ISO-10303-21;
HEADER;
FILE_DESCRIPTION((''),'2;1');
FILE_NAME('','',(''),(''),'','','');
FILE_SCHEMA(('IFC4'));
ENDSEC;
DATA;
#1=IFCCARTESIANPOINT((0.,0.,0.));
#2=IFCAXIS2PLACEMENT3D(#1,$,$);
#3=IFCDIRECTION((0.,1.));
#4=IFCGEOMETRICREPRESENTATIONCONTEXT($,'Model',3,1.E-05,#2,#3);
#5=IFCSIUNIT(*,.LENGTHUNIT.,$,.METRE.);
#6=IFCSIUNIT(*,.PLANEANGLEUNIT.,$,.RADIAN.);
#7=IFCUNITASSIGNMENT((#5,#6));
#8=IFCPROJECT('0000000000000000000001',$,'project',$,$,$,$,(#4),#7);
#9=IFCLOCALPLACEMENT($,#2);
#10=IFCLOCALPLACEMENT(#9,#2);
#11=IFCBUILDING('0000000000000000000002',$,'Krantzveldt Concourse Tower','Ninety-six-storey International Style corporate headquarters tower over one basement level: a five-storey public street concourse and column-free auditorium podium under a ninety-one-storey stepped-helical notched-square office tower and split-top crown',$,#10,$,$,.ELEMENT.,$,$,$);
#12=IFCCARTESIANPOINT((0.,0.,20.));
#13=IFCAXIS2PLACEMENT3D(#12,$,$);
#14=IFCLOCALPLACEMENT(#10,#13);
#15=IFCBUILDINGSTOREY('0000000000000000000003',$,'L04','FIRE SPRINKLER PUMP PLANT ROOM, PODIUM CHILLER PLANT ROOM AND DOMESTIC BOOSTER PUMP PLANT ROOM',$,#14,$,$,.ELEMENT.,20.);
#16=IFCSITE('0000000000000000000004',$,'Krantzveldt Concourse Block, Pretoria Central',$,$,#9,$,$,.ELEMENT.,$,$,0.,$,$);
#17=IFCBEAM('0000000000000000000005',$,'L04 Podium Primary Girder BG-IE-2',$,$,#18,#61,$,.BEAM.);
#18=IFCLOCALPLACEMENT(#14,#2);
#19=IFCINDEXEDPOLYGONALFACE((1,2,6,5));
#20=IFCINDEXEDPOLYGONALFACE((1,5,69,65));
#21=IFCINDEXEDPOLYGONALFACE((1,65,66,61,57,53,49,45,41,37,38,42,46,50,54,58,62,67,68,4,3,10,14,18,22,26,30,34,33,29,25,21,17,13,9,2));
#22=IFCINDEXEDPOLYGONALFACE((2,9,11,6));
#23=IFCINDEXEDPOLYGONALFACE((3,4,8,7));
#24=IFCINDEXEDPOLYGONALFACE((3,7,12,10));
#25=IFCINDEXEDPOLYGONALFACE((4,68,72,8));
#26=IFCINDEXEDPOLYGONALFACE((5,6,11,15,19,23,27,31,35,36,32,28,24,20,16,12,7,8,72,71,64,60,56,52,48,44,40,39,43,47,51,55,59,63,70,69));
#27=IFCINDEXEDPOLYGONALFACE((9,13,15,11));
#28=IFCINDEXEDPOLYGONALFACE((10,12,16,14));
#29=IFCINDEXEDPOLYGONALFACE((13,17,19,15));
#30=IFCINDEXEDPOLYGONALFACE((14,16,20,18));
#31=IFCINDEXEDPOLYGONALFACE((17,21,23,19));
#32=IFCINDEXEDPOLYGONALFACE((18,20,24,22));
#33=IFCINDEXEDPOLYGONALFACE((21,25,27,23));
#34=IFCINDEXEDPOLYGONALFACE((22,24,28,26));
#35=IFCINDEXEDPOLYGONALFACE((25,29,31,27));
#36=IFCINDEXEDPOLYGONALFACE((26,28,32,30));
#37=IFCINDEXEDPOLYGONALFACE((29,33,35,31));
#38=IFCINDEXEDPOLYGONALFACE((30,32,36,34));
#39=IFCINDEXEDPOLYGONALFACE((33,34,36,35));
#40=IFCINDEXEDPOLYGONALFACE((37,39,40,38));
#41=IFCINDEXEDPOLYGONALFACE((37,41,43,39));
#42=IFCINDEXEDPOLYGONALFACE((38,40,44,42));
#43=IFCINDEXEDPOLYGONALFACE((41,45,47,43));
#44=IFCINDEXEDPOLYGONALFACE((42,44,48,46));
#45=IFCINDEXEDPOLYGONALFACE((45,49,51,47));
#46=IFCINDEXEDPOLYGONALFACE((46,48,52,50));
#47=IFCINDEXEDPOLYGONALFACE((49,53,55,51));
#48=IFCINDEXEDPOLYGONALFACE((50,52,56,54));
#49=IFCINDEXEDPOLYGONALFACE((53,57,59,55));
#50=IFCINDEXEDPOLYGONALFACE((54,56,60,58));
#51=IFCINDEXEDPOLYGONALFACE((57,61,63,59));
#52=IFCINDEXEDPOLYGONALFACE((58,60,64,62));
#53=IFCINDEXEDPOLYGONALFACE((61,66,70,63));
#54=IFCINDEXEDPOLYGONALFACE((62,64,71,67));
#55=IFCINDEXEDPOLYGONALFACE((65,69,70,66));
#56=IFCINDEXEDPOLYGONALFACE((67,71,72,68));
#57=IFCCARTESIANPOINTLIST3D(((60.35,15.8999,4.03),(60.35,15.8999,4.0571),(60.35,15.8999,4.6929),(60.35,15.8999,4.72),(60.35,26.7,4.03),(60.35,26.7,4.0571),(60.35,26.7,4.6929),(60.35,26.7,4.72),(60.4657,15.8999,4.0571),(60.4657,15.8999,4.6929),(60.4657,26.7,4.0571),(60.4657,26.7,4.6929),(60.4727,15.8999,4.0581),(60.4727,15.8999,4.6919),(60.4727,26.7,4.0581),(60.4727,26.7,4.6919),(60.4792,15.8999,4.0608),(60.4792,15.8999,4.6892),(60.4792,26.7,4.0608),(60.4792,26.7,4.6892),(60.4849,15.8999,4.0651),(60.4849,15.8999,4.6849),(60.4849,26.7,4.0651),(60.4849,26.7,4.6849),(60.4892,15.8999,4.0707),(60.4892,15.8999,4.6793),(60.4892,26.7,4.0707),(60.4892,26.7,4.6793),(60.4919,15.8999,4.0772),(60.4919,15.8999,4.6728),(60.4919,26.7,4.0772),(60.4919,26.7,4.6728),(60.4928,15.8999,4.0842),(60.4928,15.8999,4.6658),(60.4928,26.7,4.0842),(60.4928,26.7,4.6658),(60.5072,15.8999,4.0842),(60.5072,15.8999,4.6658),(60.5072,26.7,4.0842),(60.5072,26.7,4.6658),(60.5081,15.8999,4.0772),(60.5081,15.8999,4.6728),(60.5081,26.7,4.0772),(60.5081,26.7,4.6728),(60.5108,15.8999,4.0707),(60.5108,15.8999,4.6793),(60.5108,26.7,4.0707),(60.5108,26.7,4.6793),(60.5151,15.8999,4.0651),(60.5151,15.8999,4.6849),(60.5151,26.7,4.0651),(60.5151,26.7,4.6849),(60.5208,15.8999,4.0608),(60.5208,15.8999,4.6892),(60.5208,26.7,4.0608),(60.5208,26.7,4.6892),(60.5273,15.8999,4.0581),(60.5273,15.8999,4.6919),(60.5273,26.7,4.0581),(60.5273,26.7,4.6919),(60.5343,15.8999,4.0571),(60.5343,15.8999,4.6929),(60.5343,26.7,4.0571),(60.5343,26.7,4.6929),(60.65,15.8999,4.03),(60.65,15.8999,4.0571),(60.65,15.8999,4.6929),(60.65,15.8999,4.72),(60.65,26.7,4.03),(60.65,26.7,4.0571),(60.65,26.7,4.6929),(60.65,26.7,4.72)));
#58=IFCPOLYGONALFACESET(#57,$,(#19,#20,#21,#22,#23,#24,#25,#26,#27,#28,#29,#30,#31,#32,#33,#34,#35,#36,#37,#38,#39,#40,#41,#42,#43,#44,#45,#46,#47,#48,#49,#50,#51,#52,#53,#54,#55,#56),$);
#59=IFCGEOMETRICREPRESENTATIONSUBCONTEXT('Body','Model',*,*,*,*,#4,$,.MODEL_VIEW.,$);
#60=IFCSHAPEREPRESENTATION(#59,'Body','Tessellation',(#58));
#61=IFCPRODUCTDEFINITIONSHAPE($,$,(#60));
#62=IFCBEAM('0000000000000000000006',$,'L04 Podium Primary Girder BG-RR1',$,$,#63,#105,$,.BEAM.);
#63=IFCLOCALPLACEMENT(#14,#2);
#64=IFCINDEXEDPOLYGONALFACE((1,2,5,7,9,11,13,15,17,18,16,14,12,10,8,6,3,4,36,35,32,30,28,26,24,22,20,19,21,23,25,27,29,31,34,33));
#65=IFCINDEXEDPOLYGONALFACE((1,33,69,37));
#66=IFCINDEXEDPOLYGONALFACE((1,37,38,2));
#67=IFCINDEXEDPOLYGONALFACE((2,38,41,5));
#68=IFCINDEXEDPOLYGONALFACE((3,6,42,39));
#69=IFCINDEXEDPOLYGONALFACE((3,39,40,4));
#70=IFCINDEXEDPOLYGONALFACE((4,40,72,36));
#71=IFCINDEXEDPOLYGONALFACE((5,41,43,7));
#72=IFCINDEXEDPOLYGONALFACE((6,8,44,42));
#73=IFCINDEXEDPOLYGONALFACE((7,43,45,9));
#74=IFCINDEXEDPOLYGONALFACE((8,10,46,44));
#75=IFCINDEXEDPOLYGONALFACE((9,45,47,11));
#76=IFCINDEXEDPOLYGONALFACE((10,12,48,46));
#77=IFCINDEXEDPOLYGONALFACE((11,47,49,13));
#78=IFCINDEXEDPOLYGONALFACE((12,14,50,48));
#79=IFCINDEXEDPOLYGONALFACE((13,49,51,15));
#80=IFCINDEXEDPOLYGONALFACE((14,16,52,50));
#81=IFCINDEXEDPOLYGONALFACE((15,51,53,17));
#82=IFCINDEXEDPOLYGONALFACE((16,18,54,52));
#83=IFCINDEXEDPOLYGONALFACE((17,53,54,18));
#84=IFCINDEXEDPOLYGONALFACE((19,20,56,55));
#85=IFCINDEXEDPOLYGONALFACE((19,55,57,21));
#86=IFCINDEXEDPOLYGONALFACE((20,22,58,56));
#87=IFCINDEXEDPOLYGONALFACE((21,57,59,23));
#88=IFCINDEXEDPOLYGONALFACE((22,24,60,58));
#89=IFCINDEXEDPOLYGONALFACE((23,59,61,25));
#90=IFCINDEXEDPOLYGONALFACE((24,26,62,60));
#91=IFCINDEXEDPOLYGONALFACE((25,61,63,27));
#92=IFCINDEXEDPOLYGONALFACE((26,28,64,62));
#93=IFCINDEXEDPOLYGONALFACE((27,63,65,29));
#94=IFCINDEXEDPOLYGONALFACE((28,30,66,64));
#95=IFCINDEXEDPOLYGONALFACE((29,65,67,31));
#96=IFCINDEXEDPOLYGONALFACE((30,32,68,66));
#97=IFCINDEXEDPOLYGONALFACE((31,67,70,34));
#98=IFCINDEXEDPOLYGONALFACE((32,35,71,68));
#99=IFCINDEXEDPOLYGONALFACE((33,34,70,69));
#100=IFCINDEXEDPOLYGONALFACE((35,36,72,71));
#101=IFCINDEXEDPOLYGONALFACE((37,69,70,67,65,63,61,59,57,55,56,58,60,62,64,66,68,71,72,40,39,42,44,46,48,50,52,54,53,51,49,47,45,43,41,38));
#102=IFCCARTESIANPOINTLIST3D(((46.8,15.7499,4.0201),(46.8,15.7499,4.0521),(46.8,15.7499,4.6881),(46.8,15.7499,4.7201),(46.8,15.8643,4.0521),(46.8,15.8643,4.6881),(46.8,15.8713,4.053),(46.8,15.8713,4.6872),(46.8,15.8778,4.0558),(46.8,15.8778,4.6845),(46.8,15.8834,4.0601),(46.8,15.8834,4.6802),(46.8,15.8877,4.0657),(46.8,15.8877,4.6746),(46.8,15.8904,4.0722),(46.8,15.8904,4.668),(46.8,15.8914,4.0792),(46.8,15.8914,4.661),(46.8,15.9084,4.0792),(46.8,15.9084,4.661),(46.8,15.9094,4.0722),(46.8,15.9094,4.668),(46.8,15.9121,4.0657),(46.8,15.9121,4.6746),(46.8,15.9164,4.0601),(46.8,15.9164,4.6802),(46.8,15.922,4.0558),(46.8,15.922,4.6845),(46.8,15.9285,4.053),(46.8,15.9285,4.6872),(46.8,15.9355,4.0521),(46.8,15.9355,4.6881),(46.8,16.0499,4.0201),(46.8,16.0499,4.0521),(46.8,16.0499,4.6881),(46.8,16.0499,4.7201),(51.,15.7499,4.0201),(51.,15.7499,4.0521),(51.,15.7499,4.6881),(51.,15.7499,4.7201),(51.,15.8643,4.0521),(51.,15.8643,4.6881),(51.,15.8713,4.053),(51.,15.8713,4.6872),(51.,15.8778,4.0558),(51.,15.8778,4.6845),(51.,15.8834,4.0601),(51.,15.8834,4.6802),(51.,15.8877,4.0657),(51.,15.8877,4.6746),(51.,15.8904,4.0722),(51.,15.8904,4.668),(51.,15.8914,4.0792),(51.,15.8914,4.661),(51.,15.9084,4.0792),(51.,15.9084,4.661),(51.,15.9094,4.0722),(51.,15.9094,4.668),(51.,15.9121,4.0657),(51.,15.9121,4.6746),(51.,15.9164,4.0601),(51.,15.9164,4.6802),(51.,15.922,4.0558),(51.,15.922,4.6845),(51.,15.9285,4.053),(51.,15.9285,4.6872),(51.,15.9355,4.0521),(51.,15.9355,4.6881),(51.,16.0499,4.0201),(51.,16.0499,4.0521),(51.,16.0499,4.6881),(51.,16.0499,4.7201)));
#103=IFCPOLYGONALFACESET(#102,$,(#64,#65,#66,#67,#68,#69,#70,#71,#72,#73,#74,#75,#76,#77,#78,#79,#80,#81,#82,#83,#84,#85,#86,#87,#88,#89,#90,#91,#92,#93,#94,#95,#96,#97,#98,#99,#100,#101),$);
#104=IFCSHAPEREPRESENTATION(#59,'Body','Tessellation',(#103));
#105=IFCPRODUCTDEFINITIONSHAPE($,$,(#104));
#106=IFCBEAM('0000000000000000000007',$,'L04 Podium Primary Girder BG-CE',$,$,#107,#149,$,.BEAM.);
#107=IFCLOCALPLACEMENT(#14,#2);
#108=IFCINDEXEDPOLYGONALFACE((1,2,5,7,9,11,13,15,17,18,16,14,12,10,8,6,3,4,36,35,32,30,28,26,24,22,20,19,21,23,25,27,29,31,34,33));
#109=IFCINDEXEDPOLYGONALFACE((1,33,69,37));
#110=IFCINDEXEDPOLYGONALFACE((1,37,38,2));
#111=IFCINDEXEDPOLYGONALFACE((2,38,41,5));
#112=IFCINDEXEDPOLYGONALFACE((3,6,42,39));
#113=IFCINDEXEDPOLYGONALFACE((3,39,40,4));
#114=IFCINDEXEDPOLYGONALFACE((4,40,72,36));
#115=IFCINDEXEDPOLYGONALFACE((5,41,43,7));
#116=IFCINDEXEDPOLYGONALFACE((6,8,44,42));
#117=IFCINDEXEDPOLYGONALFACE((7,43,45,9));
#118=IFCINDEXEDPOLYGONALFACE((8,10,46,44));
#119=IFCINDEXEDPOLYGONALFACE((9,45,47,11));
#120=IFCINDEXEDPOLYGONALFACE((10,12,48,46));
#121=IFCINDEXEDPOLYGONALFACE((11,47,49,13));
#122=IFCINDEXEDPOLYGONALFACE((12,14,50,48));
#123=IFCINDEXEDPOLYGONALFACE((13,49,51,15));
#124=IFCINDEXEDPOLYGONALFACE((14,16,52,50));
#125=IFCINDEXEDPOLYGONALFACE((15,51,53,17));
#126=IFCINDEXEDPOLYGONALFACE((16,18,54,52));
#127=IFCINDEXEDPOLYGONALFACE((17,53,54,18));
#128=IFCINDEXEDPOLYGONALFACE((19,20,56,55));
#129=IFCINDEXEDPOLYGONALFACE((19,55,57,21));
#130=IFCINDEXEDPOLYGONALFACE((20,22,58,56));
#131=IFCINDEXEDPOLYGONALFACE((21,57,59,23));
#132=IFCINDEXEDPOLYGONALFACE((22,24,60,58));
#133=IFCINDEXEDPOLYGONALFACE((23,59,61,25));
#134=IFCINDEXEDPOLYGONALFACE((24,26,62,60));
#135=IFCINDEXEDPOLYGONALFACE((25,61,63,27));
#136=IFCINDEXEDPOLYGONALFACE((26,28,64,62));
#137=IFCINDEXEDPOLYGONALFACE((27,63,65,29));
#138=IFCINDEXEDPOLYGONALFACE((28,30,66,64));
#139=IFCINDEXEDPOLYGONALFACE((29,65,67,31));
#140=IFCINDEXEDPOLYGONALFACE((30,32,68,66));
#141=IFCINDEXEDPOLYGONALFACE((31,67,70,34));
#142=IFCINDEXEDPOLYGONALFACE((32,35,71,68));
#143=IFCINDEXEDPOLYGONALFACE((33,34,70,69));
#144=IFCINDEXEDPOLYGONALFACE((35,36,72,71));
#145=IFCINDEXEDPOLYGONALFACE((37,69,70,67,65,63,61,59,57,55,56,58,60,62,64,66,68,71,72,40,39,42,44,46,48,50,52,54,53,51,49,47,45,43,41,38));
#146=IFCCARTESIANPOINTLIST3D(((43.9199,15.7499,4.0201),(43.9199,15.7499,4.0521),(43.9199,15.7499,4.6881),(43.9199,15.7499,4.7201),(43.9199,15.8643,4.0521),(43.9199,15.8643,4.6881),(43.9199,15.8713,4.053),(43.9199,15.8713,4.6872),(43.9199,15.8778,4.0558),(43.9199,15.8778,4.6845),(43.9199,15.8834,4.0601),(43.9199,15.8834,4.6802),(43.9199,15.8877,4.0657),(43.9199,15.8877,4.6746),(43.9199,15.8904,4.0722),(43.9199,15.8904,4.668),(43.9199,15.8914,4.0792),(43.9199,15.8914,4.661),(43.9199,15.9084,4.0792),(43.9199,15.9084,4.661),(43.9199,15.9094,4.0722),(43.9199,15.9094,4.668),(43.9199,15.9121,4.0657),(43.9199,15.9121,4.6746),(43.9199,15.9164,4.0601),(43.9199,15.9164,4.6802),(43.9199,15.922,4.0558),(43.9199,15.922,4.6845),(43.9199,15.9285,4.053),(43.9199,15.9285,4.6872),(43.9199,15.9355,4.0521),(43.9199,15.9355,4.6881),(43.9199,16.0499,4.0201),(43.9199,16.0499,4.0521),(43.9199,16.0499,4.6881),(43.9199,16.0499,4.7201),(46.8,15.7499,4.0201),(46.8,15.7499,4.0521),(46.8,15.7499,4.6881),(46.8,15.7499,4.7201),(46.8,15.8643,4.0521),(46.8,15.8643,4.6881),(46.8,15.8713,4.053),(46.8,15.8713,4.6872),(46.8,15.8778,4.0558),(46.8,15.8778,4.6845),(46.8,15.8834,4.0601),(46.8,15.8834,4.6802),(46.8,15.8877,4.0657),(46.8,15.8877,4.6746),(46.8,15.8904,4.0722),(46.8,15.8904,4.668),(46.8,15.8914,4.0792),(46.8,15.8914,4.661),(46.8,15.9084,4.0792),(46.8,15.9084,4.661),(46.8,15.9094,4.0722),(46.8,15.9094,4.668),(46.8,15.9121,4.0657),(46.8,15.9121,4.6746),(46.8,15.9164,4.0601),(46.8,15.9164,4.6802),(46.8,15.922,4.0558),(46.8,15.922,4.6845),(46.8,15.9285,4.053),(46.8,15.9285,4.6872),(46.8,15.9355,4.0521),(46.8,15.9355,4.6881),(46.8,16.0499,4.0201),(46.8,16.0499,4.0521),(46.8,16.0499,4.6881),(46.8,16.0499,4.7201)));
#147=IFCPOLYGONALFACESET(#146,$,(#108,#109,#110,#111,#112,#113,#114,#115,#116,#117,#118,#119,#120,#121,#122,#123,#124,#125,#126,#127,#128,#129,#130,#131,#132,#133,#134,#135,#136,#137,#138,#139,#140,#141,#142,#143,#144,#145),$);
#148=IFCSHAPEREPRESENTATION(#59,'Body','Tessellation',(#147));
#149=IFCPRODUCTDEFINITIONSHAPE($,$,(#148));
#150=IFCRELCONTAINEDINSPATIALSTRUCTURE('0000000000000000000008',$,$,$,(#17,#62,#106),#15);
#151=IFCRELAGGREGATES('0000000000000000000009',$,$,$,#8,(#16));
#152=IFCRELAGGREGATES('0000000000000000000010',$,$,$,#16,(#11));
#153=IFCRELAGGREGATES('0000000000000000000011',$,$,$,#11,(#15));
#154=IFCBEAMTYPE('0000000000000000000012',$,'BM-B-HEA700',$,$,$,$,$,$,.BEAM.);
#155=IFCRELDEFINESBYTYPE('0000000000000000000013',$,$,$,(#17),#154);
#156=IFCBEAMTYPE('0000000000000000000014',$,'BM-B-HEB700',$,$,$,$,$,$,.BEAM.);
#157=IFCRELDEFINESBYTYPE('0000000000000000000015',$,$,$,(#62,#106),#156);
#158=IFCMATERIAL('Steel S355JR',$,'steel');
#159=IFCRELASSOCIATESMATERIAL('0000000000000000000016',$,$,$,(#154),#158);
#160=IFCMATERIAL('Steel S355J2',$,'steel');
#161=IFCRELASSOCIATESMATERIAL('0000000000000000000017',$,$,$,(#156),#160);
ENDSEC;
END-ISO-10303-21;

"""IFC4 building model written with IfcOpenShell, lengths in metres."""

from ifc_helpers import new_model, si_unit, direction, frame, origin, origin_2d, place, context, subcontext, project, spatial, i_section, extrude, source, transform, mapped, material, material_profile, profile_set, type_object, type_shapes, element, save


model = new_model("IFC4")

# Units and contexts
model_context = context("Model", 3, precision=1e-05, world=origin(), true_north=direction((0.0, 1.0)))
body_context = subcontext(model_context, "Body", "Model", "MODEL_VIEW")
ifc_project = project(units=[si_unit("LENGTHUNIT", "METRE"), si_unit("PLANEANGLEUNIT", "RADIAN")], contexts=[model_context])

# Site, building, storey
site_placement = place(None, origin())
site = spatial("IfcSite", under=ifc_project, at=site_placement, Name="Krantzveldt Concourse Block, Pretoria Central", CompositionType="ELEMENT", RefElevation=0.0)
building_placement = place(site_placement, origin())
building = spatial("IfcBuilding", under=site, at=building_placement, Name="Krantzveldt Concourse Tower", Description="Ninety-six-storey International Style corporate headquarters tower over one basement level: a five-storey public street concourse and column-free auditorium podium under a ninety-one-storey stepped-helical notched-square office tower and split-top crown", CompositionType="ELEMENT")
storey_placement = place(building_placement, frame((0.0, 0.0, 20.0)))
storey = spatial("IfcBuildingStorey", under=building, at=storey_placement, Name="L04", Description="FIRE SPRINKLER PUMP PLANT ROOM, PODIUM CHILLER PLANT ROOM AND DOMESTIC BOOSTER PUMP PLANT ROOM", CompositionType="ELEMENT", Elevation=20.0)

# Beams
ifc_material_1 = material(Name="Steel S355J2", Category="steel")
ifc_material_2 = material(Name="Steel S355JR", Category="steel")
ifc_material_profile_1 = material_profile(ifc_material_2, i_section(OverallWidth=0.3, OverallDepth=0.6899, WebThickness=0.0144, FlangeThickness=0.0271, FilletRadius=0.0271, at=origin_2d()), Name="Steel S355JR", Category="steel")
ifc_profile_set_1 = profile_set([ifc_material_profile_1], Name="Steel S355JR - HEA 700")
beam_type_1 = type_object("IfcBeamType", Name="BM-B-HEA700", PredefinedType="BEAM", material=ifc_profile_set_1)
shared_shape_1 = source(origin(), body_context, "Body", "SweptSolid", [
    extrude(i_section(OverallWidth=0.3, OverallDepth=0.6899, WebThickness=0.0144, FlangeThickness=0.0271, FilletRadius=0.0271, at=origin_2d()), origin(), (0.0, 0.0, 1.0), 10.8),
])
for number, where, z_axis, x_axis, name in (
    (1, (60.5, 15.8999, 4.375), (0.0, 1.0, 0.0), (-1.0, 0.0, 0.0), "L04 Podium Primary Girder BG-IE-2"),
):
    element("IfcBeam", number, at=place(storey_placement, frame(where, z_axis=z_axis, x_axis=x_axis)), inside=storey, type_object=beam_type_1, Name=name, PredefinedType="BEAM", context=body_context, shape_type="MappedRepresentation", body=[
        mapped(shared_shape_1, transform((0.0, 0.0, 0.0), x_axis=(1.0, 0.0, 0.0), y_axis=(0.0, 1.0, 0.0), z_axis=(0.0, 0.0, 1.0), scale=1.0)),
    ])
ifc_material_profile_2 = material_profile(ifc_material_1, i_section(OverallWidth=0.3, OverallDepth=0.7, WebThickness=0.0171, FlangeThickness=0.032, FilletRadius=0.0271, at=origin_2d()), Name="Steel S355J2", Category="steel")
ifc_profile_set_2 = profile_set([ifc_material_profile_2], Name="Steel S355J2 - HEB 700")
beam_type_2 = type_object("IfcBeamType", Name="BM-B-HEB700", PredefinedType="BEAM", material=ifc_profile_set_2)
shared_shape_2 = source(origin(), body_context, "Body", "SweptSolid", [
    extrude(i_section(OverallWidth=0.3, OverallDepth=0.7, WebThickness=0.0171, FlangeThickness=0.032, FilletRadius=0.0271, at=origin_2d()), origin(), (0.0, 0.0, 1.0), 4.2),
])
beam_1_placement = place(storey_placement, frame((46.8, 15.8999, 4.3701), z_axis=(1.0, 0.0, 0.0), x_axis=(0.0, 1.0, 0.0)))
element("IfcBeam", 2, at=beam_1_placement, inside=storey, type_object=beam_type_2, Name="L04 Podium Primary Girder BG-RR1", PredefinedType="BEAM", context=body_context, shape_type="MappedRepresentation", body=[
    mapped(shared_shape_2, transform((0.0, 0.0, 0.0), x_axis=(1.0, 0.0, 0.0), y_axis=(0.0, 1.0, 0.0), z_axis=(0.0, 0.0, 1.0), scale=1.0)),
])
shared_shape_3 = source(origin(), body_context, "Body", "SweptSolid", [
    extrude(i_section(OverallWidth=0.3, OverallDepth=0.7, WebThickness=0.0171, FlangeThickness=0.032, FilletRadius=0.0271, at=origin_2d()), origin(), (0.0, 0.0, 1.0), 2.8801),
])
type_shapes(beam_type_2, [shared_shape_2, shared_shape_3])
beam_2_placement = place(storey_placement, frame((43.9199, 15.8999, 4.3701), z_axis=(1.0, 0.0, 0.0), x_axis=(0.0, 1.0, 0.0)))
element("IfcBeam", 3, at=beam_2_placement, inside=storey, type_object=beam_type_2, Name="L04 Podium Primary Girder BG-CE", PredefinedType="BEAM", context=body_context, shape_type="MappedRepresentation", body=[
    mapped(shared_shape_3, transform((0.0, 0.0, 0.0), x_axis=(1.0, 0.0, 0.0), y_axis=(0.0, 1.0, 0.0), z_axis=(0.0, 0.0, 1.0), scale=1.0)),
])

save(model, "model.ifc")
